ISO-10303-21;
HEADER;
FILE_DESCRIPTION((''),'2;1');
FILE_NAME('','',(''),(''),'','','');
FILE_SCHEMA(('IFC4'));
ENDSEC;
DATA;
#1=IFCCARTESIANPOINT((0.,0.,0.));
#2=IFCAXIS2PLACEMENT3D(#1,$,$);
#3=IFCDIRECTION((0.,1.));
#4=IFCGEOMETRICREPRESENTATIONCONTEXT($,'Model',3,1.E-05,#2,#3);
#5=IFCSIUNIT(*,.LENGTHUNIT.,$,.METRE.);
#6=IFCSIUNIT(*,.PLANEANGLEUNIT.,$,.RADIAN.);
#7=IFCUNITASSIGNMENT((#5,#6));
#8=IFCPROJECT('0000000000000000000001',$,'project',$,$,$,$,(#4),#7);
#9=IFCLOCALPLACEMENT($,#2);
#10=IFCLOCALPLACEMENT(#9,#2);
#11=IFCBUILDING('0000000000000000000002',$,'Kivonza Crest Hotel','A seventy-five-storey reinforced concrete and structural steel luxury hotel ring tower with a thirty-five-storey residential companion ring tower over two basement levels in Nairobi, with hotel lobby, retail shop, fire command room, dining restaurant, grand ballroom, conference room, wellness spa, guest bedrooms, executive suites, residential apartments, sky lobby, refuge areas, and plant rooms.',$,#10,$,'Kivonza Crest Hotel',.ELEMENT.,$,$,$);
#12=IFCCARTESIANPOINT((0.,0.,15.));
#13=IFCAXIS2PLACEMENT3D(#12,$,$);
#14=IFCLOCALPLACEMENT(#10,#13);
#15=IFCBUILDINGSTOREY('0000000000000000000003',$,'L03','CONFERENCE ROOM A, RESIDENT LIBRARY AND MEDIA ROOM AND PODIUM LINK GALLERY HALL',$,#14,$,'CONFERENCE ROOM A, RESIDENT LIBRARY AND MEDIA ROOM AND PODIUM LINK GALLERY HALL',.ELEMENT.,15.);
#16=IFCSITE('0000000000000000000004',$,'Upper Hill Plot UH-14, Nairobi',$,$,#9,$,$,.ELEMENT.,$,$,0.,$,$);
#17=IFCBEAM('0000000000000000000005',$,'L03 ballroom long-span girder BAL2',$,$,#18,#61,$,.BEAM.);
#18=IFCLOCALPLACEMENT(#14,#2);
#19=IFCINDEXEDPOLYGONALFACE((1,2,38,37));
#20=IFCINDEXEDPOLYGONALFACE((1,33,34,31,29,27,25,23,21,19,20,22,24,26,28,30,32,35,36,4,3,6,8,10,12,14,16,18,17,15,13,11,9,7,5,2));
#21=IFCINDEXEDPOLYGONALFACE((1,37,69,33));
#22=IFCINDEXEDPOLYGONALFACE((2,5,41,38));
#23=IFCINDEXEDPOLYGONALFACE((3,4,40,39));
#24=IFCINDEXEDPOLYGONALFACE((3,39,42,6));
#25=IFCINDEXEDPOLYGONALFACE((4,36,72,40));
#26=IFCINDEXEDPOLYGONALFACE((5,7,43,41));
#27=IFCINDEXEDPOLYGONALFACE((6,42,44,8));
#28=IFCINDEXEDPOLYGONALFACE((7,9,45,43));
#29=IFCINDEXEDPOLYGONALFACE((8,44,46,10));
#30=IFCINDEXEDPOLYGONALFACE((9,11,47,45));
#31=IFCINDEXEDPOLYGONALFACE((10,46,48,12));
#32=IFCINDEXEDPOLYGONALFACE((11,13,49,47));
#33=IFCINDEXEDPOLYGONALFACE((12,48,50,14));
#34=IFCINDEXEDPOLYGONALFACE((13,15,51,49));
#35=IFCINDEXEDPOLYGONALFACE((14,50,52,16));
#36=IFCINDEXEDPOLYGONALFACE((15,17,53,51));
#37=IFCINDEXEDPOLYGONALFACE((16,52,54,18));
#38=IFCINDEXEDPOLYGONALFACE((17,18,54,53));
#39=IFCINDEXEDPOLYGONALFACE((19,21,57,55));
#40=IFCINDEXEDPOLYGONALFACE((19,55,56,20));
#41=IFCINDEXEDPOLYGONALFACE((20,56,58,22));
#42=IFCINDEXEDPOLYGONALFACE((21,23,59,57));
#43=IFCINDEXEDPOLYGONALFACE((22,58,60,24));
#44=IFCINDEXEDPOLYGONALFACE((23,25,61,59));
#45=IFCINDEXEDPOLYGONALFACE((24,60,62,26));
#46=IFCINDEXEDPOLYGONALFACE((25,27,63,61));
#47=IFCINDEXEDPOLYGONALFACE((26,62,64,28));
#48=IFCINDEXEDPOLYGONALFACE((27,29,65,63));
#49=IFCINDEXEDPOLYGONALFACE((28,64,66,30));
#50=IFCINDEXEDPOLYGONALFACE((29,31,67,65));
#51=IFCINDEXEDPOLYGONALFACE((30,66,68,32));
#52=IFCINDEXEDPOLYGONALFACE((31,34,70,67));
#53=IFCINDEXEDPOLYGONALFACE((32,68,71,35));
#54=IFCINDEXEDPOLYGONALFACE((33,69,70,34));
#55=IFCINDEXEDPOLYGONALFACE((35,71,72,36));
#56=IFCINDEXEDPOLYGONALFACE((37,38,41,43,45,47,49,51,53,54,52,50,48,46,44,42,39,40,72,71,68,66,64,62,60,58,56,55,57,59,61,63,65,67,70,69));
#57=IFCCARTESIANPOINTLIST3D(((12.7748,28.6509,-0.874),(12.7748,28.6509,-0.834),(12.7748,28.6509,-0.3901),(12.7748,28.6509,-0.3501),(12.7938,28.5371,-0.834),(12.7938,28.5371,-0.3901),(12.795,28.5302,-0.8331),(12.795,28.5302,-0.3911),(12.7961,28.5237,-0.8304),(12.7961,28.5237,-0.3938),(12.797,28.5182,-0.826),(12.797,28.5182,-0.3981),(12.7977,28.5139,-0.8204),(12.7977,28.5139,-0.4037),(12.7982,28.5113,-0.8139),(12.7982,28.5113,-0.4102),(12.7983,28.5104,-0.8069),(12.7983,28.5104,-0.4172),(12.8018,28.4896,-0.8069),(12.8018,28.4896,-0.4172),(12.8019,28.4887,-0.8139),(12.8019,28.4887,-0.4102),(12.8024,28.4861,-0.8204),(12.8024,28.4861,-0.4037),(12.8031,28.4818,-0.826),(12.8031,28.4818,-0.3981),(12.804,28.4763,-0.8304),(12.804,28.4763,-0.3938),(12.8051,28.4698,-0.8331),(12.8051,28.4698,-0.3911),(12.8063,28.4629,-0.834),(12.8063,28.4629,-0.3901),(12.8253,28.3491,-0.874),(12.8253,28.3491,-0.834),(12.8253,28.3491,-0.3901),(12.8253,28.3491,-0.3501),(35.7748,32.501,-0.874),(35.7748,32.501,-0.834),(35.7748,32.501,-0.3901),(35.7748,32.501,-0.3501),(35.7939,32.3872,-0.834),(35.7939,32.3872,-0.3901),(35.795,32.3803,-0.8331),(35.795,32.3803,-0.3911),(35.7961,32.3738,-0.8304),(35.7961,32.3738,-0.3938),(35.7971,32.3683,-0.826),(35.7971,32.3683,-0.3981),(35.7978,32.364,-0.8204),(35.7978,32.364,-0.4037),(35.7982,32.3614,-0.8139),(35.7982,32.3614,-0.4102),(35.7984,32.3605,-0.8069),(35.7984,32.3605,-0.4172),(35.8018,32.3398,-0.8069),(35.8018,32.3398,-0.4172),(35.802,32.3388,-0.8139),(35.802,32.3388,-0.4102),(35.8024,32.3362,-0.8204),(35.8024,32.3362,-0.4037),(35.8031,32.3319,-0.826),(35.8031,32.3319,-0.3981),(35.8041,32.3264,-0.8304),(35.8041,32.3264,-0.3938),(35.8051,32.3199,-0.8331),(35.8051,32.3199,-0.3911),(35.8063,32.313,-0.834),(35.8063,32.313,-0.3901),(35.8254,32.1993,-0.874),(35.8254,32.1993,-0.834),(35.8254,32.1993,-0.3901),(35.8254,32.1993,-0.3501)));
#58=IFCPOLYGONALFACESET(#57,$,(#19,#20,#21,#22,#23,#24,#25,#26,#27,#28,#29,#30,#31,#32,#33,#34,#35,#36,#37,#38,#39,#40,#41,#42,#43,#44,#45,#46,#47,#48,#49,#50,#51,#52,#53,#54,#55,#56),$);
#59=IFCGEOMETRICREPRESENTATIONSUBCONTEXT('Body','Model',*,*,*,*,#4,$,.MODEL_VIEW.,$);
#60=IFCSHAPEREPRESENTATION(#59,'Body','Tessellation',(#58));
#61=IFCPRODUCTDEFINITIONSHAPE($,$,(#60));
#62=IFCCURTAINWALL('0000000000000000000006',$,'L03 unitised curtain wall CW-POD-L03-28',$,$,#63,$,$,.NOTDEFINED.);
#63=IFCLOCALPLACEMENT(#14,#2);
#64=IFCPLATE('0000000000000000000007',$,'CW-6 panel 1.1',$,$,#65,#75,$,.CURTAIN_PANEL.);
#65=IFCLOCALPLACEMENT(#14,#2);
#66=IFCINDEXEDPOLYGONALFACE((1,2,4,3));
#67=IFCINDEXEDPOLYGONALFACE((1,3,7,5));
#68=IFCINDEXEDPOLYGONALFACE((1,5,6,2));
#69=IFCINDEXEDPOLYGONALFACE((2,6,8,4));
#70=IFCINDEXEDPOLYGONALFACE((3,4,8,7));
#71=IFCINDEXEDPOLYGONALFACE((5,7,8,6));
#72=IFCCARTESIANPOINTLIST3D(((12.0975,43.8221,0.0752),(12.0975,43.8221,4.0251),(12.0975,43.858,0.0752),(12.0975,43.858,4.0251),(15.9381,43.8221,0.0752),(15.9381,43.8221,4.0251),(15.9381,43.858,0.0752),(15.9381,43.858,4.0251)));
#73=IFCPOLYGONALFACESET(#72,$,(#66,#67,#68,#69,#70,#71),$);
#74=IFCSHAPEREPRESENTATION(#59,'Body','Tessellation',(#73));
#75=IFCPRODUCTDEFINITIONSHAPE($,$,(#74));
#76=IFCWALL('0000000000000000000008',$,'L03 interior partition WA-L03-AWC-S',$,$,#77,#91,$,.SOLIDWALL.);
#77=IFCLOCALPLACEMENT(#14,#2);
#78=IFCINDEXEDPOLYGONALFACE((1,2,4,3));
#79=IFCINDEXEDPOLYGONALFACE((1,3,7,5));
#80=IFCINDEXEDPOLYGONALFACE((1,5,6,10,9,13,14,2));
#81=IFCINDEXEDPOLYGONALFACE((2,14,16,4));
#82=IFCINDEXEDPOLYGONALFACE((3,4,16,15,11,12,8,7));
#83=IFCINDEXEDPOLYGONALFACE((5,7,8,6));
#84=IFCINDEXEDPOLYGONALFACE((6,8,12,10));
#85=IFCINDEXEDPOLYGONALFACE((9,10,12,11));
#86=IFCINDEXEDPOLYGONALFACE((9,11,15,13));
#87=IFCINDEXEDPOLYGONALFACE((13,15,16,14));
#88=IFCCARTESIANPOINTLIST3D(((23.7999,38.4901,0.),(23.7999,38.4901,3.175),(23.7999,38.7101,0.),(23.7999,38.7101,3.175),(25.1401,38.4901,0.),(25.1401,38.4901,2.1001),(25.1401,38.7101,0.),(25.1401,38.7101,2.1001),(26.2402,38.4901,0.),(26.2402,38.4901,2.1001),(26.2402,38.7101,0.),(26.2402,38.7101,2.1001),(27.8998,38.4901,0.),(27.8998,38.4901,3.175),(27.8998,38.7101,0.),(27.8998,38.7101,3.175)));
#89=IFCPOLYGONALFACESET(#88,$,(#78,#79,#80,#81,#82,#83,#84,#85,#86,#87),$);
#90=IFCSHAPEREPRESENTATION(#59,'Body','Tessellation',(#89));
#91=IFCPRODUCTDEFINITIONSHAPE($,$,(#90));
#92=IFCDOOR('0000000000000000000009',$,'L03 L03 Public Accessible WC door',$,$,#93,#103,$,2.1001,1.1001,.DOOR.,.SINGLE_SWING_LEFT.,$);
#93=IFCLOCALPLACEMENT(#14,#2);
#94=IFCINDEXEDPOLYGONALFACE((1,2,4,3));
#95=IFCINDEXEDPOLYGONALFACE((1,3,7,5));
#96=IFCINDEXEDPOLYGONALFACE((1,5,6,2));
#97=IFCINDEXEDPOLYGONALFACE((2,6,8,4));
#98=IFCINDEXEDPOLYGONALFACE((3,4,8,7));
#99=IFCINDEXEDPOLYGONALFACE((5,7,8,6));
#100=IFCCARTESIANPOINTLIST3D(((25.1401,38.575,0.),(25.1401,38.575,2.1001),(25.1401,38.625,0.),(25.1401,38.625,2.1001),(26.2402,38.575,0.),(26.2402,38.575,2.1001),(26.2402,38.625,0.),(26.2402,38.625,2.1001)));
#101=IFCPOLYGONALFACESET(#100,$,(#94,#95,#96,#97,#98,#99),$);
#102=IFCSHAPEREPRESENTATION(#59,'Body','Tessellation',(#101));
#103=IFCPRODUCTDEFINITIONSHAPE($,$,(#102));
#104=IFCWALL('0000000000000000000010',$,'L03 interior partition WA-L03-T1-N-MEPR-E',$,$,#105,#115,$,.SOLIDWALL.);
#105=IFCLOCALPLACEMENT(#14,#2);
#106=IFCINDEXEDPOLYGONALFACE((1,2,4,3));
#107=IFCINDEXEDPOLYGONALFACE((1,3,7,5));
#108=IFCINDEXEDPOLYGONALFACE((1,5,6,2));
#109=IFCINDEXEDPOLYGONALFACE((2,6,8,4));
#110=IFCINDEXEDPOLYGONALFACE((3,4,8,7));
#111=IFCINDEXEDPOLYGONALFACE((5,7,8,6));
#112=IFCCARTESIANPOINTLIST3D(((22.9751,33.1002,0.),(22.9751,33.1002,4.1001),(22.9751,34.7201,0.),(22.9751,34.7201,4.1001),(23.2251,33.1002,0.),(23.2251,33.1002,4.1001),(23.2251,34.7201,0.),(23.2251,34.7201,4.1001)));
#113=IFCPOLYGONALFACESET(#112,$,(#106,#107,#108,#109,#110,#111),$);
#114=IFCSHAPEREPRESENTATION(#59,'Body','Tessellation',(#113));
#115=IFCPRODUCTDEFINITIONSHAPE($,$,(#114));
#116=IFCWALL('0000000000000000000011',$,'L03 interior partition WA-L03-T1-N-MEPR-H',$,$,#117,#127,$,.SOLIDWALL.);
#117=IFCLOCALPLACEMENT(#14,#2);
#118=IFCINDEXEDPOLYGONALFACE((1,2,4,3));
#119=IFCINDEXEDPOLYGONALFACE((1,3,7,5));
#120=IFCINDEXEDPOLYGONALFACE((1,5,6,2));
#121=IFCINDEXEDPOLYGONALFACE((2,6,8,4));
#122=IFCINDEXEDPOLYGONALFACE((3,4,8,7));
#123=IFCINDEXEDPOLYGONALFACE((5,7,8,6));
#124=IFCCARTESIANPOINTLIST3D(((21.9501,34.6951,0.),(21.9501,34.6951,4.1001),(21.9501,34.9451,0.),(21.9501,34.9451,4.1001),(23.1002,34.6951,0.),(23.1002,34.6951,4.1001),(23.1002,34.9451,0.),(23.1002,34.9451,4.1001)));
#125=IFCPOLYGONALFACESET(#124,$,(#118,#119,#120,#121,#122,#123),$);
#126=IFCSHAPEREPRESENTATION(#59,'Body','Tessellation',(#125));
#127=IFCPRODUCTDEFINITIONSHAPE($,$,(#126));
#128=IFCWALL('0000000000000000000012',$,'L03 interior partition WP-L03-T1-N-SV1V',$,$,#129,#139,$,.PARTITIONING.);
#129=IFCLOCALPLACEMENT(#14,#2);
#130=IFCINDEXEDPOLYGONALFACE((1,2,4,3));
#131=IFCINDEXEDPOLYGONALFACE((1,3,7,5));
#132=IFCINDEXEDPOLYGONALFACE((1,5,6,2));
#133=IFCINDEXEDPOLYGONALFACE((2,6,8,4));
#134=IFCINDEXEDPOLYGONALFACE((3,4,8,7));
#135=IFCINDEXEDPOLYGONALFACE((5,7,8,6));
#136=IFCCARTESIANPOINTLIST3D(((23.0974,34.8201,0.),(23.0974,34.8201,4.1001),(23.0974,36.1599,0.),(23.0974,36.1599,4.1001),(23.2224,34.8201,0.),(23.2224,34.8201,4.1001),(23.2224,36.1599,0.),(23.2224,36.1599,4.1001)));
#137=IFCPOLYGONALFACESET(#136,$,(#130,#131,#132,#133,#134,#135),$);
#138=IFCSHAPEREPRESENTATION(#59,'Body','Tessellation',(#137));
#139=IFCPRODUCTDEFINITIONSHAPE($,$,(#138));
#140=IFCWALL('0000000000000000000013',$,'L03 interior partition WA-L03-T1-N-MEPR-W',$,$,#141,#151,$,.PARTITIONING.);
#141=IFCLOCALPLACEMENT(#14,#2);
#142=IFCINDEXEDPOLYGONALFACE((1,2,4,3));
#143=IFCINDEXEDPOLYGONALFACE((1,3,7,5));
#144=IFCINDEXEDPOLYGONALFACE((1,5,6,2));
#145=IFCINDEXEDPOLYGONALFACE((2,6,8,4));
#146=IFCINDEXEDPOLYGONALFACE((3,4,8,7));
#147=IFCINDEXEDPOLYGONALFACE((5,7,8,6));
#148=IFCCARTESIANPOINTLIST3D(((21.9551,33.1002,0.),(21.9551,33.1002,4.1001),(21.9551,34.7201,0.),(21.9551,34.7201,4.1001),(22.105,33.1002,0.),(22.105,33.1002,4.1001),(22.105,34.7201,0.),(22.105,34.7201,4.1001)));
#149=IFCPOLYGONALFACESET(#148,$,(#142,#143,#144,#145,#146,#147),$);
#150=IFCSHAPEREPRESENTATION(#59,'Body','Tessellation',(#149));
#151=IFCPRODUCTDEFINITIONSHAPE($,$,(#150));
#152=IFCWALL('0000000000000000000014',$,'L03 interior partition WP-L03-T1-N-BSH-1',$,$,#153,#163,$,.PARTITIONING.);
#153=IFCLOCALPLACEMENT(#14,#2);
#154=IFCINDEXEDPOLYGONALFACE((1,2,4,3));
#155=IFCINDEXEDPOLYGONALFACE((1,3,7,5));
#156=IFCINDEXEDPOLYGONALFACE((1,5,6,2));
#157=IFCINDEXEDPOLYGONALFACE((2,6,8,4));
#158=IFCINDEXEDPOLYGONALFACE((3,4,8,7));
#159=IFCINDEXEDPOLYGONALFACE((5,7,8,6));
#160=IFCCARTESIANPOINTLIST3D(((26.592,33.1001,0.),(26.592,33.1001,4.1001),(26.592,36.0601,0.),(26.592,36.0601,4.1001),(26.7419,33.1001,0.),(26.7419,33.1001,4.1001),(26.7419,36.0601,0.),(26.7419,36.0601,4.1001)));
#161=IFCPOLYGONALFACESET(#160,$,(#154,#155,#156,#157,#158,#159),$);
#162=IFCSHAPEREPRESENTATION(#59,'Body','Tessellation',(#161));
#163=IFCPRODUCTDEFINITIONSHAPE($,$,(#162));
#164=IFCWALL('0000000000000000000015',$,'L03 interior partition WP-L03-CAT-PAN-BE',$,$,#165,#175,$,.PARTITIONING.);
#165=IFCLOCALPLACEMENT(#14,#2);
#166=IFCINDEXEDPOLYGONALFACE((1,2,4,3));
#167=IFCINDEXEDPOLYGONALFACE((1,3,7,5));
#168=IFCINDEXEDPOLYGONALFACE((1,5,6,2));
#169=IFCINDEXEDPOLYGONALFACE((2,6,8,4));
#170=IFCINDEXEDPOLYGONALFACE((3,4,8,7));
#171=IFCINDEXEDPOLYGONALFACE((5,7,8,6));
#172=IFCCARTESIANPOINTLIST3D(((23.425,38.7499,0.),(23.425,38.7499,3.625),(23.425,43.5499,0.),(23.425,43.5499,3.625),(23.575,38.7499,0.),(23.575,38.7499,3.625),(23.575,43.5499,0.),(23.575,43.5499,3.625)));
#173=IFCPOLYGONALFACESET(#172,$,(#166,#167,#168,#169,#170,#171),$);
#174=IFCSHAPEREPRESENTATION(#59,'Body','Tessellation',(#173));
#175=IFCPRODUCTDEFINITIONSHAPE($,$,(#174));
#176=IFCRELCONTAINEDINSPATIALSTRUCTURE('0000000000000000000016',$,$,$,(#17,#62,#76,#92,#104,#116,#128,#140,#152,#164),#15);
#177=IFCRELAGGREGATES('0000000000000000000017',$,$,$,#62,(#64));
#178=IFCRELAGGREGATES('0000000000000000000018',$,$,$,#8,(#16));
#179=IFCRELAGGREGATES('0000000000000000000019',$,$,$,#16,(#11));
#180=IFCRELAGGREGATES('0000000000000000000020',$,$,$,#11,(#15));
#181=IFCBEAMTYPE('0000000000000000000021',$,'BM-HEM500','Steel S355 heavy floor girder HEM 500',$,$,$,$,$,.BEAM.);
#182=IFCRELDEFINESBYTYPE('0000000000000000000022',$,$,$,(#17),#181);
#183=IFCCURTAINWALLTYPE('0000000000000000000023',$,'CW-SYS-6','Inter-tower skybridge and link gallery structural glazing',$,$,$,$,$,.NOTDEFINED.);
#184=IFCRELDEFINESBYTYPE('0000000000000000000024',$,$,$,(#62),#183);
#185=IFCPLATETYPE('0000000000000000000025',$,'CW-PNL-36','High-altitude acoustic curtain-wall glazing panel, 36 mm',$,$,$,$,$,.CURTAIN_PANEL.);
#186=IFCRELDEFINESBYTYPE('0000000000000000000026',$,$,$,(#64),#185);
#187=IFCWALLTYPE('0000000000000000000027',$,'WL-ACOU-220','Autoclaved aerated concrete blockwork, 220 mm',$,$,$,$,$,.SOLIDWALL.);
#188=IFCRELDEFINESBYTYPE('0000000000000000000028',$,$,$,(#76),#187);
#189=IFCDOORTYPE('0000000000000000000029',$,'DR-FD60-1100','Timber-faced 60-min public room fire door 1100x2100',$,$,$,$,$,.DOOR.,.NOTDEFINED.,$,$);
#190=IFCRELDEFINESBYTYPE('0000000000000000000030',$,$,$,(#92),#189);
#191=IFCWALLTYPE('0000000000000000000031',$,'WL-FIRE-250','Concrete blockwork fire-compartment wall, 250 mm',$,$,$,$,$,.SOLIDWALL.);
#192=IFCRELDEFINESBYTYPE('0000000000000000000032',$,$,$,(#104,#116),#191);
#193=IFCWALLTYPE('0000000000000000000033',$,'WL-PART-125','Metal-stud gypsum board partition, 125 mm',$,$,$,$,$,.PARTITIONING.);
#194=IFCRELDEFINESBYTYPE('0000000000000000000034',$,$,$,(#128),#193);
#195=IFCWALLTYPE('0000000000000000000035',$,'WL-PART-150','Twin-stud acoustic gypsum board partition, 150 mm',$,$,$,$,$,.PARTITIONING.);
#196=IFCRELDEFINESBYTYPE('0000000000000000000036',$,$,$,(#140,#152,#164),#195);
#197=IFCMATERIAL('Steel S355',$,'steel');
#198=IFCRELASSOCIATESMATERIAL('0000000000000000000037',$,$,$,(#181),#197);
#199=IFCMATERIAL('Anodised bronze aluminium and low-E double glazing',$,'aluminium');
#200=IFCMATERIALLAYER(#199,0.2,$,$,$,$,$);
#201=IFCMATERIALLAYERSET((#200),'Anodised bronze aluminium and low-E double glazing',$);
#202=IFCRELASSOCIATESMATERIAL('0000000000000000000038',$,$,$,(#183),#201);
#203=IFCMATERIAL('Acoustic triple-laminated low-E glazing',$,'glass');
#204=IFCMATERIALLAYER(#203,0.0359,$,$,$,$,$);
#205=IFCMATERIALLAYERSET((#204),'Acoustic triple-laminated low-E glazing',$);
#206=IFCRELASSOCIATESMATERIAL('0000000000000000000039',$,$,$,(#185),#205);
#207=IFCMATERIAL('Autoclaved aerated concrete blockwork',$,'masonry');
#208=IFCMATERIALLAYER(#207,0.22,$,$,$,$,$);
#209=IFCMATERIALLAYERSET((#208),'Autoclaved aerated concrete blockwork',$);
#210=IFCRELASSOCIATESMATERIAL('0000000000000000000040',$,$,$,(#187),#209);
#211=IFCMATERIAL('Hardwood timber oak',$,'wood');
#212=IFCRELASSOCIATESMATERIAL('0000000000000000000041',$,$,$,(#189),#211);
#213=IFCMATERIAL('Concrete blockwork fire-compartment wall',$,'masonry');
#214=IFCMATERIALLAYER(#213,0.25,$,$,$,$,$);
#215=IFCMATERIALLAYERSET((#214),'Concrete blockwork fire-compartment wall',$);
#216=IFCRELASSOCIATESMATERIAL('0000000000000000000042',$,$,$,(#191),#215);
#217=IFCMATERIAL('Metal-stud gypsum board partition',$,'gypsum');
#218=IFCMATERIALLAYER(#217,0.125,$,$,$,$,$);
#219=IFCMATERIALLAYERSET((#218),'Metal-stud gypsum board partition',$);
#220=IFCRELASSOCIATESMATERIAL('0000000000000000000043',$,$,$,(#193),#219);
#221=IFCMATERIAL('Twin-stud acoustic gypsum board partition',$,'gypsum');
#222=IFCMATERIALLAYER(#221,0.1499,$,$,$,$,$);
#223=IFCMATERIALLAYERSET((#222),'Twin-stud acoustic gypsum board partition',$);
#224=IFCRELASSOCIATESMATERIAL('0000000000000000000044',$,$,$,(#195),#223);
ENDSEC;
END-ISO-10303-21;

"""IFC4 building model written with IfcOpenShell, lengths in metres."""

from ifc_helpers import new_model, si_unit, direction, frame, frame_2d, origin, origin_2d, place, context, subcontext, project, spatial, rectangle, i_section, extrude, material, layer, layer_set, material_profile, profile_set, type_object, element, fill, aggregate, save


model = new_model("IFC4")

# Units and contexts
model_context = context("Model", 3, precision=1e-05, world=origin(), true_north=direction((0.0, 1.0)))
body_context = subcontext(model_context, "Body", "Model", "MODEL_VIEW")
ifc_project = project(units=[si_unit("LENGTHUNIT", "METRE"), si_unit("PLANEANGLEUNIT", "RADIAN")], contexts=[model_context])

# Site, building, storey
site_placement = place(None, origin())
site = spatial("IfcSite", under=ifc_project, at=site_placement, Name="Upper Hill Plot UH-14, Nairobi", CompositionType="ELEMENT", RefElevation=0.0)
building_placement = place(site_placement, origin())
building = spatial("IfcBuilding", under=site, at=building_placement, Name="Kivonza Crest Hotel", Description="A seventy-five-storey reinforced concrete and structural steel luxury hotel ring tower with a thirty-five-storey residential companion ring tower over two basement levels in Nairobi, with hotel lobby, retail shop, fire command room, dining restaurant, grand ballroom, conference room, wellness spa, guest bedrooms, executive suites, residential apartments, sky lobby, refuge areas, and plant rooms.", LongName="Kivonza Crest Hotel", CompositionType="ELEMENT")
storey_placement = place(building_placement, frame((0.0, 0.0, 15.0)))
storey = spatial("IfcBuildingStorey", under=building, at=storey_placement, Name="L03", Description="CONFERENCE ROOM A, RESIDENT LIBRARY AND MEDIA ROOM AND PODIUM LINK GALLERY HALL", LongName="CONFERENCE ROOM A, RESIDENT LIBRARY AND MEDIA ROOM AND PODIUM LINK GALLERY HALL", CompositionType="ELEMENT", Elevation=15.0)

# Beam
ifc_material_1 = material(Name="Steel S355", Category="steel")
ifc_material_profile_1 = material_profile(ifc_material_1, i_section(OverallWidth=0.3059, OverallDepth=0.5239, WebThickness=0.021, FlangeThickness=0.04, FilletRadius=0.0271, at=origin_2d()), Name="HEM 500")
ifc_profile_set_1 = profile_set([ifc_material_profile_1], Name="Steel S355")
beam_type_1 = type_object("IfcBeamType", Name="BM-HEM500", Description="Steel S355 heavy floor girder HEM 500", PredefinedType="BEAM", material=ifc_profile_set_1)
beam_1_placement = place(storey_placement, frame((12.8, 28.5, -0.6121), z_axis=(0.986277, 0.165098, 0.0), x_axis=(-0.165098, 0.986277, 0.0)))
element("IfcBeam", 1, at=beam_1_placement, inside=storey, type_object=beam_type_1, Name="L03 ballroom long-span girder BAL2", PredefinedType="BEAM", context=body_context, shape_type="SweptSolid", body=[
    extrude(i_section(OverallWidth=0.3059, OverallDepth=0.5239, WebThickness=0.021, FlangeThickness=0.04, FilletRadius=0.0271, at=origin_2d()), origin(), (0.0, 0.0, 1.0), 23.3201),
])

# Curtain wall, plate
ifc_material_2 = material(Name="Anodised bronze aluminium and low-E double glazing", Category="aluminium")
ifc_layer_1 = layer(ifc_material_2, 0.2)
ifc_layer_set_1 = layer_set([ifc_layer_1], Name="Anodised bronze aluminium and low-E double glazing")
curtain_wall_type = type_object("IfcCurtainWallType", Name="CW-SYS-6", Description="Inter-tower skybridge and link gallery structural glazing", PredefinedType="NOTDEFINED", material=ifc_layer_set_1)
curtain_wall_placement = place(storey_placement, origin())
curtain_wall = element("IfcCurtainWall", 2, at=curtain_wall_placement, inside=storey, type_object=curtain_wall_type, Name="L03 unitised curtain wall CW-POD-L03-28", PredefinedType="NOTDEFINED")
ifc_material_3 = material(Name="Acoustic triple-laminated low-E glazing", Category="glass")
ifc_layer_2 = layer(ifc_material_3, 0.0359)
ifc_layer_set_2 = layer_set([ifc_layer_2], Name="Acoustic triple-laminated low-E glazing")
plate_type = type_object("IfcPlateType", Name="CW-PNL-36", Description="High-altitude acoustic curtain-wall glazing panel, 36 mm", PredefinedType="CURTAIN_PANEL", material=ifc_layer_set_2)
plate_placement = place(storey_placement, frame((14.0178, 43.8401, 0.0752), z_axis=(0.0, 0.0, 1.0), x_axis=(-1.0, 0.0, 0.0)))
plate = element("IfcPlate", 3, at=plate_placement, type_object=plate_type, Name="CW-6 panel 1.1", PredefinedType="CURTAIN_PANEL", context=body_context, shape_type="SweptSolid", body=[
    extrude(rectangle(XDim=3.8406, YDim=0.0359, at=origin_2d()), origin(), (0.0, 0.0, 1.0), 3.95),
])
aggregate(curtain_wall, [plate])

# Wall, opening, door
ifc_material_4 = material(Name="Autoclaved aerated concrete blockwork", Category="masonry")
ifc_layer_3 = layer(ifc_material_4, 0.22)
ifc_layer_set_3 = layer_set([ifc_layer_3], Name="Autoclaved aerated concrete blockwork")
wall_type_1 = type_object("IfcWallType", Name="WL-ACOU-220", Description="Autoclaved aerated concrete blockwork, 220 mm", PredefinedType="SOLIDWALL", material=ifc_layer_set_3)
wall_1_placement = place(storey_placement, frame((23.8, 38.6001, 0.0), z_axis=(0.0, 0.0, 1.0), x_axis=(1.0, 0.0, 0.0)))
wall_1 = element("IfcWall", 4, at=wall_1_placement, inside=storey, type_object=wall_type_1, Name="L03 interior partition WA-L03-AWC-S", PredefinedType="SOLIDWALL", context=body_context, shape_type="SweptSolid", body=[
    extrude(rectangle(XDim=4.0999, YDim=0.22, at=frame_2d((2.0498, 0.0))), origin(), (0.0, 0.0, 1.0), 3.175),
])
opening_1_placement = place(wall_1_placement, frame((1.3401, 0.0, 0.0)))
opening_1 = element("IfcOpeningElement", 5, at=opening_1_placement, cuts=wall_1, PredefinedType="OPENING", context=body_context, shape_type="SweptSolid", body=[
    extrude(rectangle(XDim=1.1001, YDim=2.1001, at=frame_2d((0.55, 1.05))), frame((0.0, 0.1201, 0.0), z_axis=(0.0, -1.0, 0.0), x_axis=(1.0, 0.0, 0.0)), (0.0, 0.0, 1.0), 0.24),
])
ifc_material_5 = material(Name="Hardwood timber oak", Category="wood")
door_type_1 = type_object("IfcDoorType", Name="DR-FD60-1100", Description="Timber-faced 60-min public room fire door 1100x2100", OperationType="NOTDEFINED", PredefinedType="DOOR", material=ifc_material_5)
door_1_placement = place(opening_1_placement, origin())
door_1 = element("IfcDoor", 6, at=door_1_placement, inside=storey, type_object=door_type_1, Name="L03 L03 Public Accessible WC door", OperationType="SINGLE_SWING_LEFT", OverallHeight=2.1001, OverallWidth=1.1001, PredefinedType="DOOR", context=body_context, shape_type="SweptSolid", body=[
    extrude(rectangle(XDim=1.1001, YDim=2.1001, at=frame_2d((0.55, 1.05))), frame((0.0, 0.0249, 0.0), z_axis=(0.0, -1.0, 0.0), x_axis=(1.0, 0.0, 0.0)), (0.0, 0.0, 1.0), 0.05),
])
fill(opening_1, door_1)

# Walls
ifc_material_6 = material(Name="Concrete blockwork fire-compartment wall", Category="masonry")
ifc_layer_4 = layer(ifc_material_6, 0.25)
ifc_layer_set_4 = layer_set([ifc_layer_4], Name="Concrete blockwork fire-compartment wall")
wall_type_2 = type_object("IfcWallType", Name="WL-FIRE-250", Description="Concrete blockwork fire-compartment wall, 250 mm", PredefinedType="SOLIDWALL", material=ifc_layer_set_4)
wall_2_placement = place(storey_placement, frame((23.1001, 33.1001, 0.0), z_axis=(0.0, 0.0, 1.0), x_axis=(0.0, 1.0, 0.0)))
element("IfcWall", 7, at=wall_2_placement, inside=storey, type_object=wall_type_2, Name="L03 interior partition WA-L03-T1-N-MEPR-E", PredefinedType="SOLIDWALL", context=body_context, shape_type="SweptSolid", body=[
    extrude(rectangle(XDim=1.6199, YDim=0.25, at=frame_2d((0.8101, 0.0))), origin(), (0.0, 0.0, 1.0), 4.1001),
])
wall_3_placement = place(storey_placement, frame((21.95, 34.8201, 0.0), z_axis=(0.0, 0.0, 1.0), x_axis=(1.0, 0.0, 0.0)))
element("IfcWall", 8, at=wall_3_placement, inside=storey, type_object=wall_type_2, Name="L03 interior partition WA-L03-T1-N-MEPR-H", PredefinedType="SOLIDWALL", context=body_context, shape_type="SweptSolid", body=[
    extrude(rectangle(XDim=1.1501, YDim=0.25, at=frame_2d((0.5752, 0.0))), origin(), (0.0, 0.0, 1.0), 4.1001),
])
ifc_material_7 = material(Name="Metal-stud gypsum board partition", Category="gypsum")
ifc_layer_5 = layer(ifc_material_7, 0.125)
ifc_layer_set_5 = layer_set([ifc_layer_5], Name="Metal-stud gypsum board partition")
wall_type_3 = type_object("IfcWallType", Name="WL-PART-125", Description="Metal-stud gypsum board partition, 125 mm", PredefinedType="PARTITIONING", material=ifc_layer_set_5)
wall_4_placement = place(storey_placement, frame((23.1599, 34.8201, 0.0), z_axis=(0.0, 0.0, 1.0), x_axis=(0.0, 1.0, 0.0)))
element("IfcWall", 9, at=wall_4_placement, inside=storey, type_object=wall_type_3, Name="L03 interior partition WP-L03-T1-N-SV1V", PredefinedType="PARTITIONING", context=body_context, shape_type="SweptSolid", body=[
    extrude(rectangle(XDim=1.3398, YDim=0.125, at=frame_2d((0.6699, 0.0))), origin(), (0.0, 0.0, 1.0), 4.1001),
])
ifc_material_8 = material(Name="Twin-stud acoustic gypsum board partition", Category="gypsum")
ifc_layer_6 = layer(ifc_material_8, 0.1499)
ifc_layer_set_6 = layer_set([ifc_layer_6], Name="Twin-stud acoustic gypsum board partition")
wall_type_4 = type_object("IfcWallType", Name="WL-PART-150", Description="Twin-stud acoustic gypsum board partition, 150 mm", PredefinedType="PARTITIONING", material=ifc_layer_set_6)
wall_5_placement = place(storey_placement, frame((22.03, 33.1001, 0.0), z_axis=(0.0, 0.0, 1.0), x_axis=(0.0, 1.0, 0.0)))
element("IfcWall", 10, at=wall_5_placement, inside=storey, type_object=wall_type_4, Name="L03 interior partition WA-L03-T1-N-MEPR-W", PredefinedType="PARTITIONING", context=body_context, shape_type="SweptSolid", body=[
    extrude(rectangle(XDim=1.6199, YDim=0.1499, at=frame_2d((0.8101, 0.0))), origin(), (0.0, 0.0, 1.0), 4.1001),
])
wall_6_placement = place(storey_placement, frame((26.667, 33.1001, 0.0), z_axis=(0.0, 0.0, 1.0), x_axis=(0.0, 1.0, 0.0)))
element("IfcWall", 11, at=wall_6_placement, inside=storey, type_object=wall_type_4, Name="L03 interior partition WP-L03-T1-N-BSH-1", PredefinedType="PARTITIONING", context=body_context, shape_type="SweptSolid", body=[
    extrude(rectangle(XDim=2.96, YDim=0.1499, at=frame_2d((1.48, 0.0))), origin(), (0.0, 0.0, 1.0), 4.1001),
])
for number, where, z_axis, x_axis, name in (
    (12, (23.5, 38.75, 0.0), (0.0, 0.0, 1.0), (0.0, 1.0, 0.0), "L03 interior partition WP-L03-CAT-PAN-BE"),
):
    element("IfcWall", number, at=place(storey_placement, frame(where, z_axis=z_axis, x_axis=x_axis)), inside=storey, type_object=wall_type_4, Name=name, PredefinedType="PARTITIONING", context=body_context, shape_type="SweptSolid", body=[
        extrude(rectangle(XDim=4.8, YDim=0.1499, at=frame_2d((2.3999, 0.0))), origin(), (0.0, 0.0, 1.0), 3.625),
    ])

save(model, "model.ifc")
